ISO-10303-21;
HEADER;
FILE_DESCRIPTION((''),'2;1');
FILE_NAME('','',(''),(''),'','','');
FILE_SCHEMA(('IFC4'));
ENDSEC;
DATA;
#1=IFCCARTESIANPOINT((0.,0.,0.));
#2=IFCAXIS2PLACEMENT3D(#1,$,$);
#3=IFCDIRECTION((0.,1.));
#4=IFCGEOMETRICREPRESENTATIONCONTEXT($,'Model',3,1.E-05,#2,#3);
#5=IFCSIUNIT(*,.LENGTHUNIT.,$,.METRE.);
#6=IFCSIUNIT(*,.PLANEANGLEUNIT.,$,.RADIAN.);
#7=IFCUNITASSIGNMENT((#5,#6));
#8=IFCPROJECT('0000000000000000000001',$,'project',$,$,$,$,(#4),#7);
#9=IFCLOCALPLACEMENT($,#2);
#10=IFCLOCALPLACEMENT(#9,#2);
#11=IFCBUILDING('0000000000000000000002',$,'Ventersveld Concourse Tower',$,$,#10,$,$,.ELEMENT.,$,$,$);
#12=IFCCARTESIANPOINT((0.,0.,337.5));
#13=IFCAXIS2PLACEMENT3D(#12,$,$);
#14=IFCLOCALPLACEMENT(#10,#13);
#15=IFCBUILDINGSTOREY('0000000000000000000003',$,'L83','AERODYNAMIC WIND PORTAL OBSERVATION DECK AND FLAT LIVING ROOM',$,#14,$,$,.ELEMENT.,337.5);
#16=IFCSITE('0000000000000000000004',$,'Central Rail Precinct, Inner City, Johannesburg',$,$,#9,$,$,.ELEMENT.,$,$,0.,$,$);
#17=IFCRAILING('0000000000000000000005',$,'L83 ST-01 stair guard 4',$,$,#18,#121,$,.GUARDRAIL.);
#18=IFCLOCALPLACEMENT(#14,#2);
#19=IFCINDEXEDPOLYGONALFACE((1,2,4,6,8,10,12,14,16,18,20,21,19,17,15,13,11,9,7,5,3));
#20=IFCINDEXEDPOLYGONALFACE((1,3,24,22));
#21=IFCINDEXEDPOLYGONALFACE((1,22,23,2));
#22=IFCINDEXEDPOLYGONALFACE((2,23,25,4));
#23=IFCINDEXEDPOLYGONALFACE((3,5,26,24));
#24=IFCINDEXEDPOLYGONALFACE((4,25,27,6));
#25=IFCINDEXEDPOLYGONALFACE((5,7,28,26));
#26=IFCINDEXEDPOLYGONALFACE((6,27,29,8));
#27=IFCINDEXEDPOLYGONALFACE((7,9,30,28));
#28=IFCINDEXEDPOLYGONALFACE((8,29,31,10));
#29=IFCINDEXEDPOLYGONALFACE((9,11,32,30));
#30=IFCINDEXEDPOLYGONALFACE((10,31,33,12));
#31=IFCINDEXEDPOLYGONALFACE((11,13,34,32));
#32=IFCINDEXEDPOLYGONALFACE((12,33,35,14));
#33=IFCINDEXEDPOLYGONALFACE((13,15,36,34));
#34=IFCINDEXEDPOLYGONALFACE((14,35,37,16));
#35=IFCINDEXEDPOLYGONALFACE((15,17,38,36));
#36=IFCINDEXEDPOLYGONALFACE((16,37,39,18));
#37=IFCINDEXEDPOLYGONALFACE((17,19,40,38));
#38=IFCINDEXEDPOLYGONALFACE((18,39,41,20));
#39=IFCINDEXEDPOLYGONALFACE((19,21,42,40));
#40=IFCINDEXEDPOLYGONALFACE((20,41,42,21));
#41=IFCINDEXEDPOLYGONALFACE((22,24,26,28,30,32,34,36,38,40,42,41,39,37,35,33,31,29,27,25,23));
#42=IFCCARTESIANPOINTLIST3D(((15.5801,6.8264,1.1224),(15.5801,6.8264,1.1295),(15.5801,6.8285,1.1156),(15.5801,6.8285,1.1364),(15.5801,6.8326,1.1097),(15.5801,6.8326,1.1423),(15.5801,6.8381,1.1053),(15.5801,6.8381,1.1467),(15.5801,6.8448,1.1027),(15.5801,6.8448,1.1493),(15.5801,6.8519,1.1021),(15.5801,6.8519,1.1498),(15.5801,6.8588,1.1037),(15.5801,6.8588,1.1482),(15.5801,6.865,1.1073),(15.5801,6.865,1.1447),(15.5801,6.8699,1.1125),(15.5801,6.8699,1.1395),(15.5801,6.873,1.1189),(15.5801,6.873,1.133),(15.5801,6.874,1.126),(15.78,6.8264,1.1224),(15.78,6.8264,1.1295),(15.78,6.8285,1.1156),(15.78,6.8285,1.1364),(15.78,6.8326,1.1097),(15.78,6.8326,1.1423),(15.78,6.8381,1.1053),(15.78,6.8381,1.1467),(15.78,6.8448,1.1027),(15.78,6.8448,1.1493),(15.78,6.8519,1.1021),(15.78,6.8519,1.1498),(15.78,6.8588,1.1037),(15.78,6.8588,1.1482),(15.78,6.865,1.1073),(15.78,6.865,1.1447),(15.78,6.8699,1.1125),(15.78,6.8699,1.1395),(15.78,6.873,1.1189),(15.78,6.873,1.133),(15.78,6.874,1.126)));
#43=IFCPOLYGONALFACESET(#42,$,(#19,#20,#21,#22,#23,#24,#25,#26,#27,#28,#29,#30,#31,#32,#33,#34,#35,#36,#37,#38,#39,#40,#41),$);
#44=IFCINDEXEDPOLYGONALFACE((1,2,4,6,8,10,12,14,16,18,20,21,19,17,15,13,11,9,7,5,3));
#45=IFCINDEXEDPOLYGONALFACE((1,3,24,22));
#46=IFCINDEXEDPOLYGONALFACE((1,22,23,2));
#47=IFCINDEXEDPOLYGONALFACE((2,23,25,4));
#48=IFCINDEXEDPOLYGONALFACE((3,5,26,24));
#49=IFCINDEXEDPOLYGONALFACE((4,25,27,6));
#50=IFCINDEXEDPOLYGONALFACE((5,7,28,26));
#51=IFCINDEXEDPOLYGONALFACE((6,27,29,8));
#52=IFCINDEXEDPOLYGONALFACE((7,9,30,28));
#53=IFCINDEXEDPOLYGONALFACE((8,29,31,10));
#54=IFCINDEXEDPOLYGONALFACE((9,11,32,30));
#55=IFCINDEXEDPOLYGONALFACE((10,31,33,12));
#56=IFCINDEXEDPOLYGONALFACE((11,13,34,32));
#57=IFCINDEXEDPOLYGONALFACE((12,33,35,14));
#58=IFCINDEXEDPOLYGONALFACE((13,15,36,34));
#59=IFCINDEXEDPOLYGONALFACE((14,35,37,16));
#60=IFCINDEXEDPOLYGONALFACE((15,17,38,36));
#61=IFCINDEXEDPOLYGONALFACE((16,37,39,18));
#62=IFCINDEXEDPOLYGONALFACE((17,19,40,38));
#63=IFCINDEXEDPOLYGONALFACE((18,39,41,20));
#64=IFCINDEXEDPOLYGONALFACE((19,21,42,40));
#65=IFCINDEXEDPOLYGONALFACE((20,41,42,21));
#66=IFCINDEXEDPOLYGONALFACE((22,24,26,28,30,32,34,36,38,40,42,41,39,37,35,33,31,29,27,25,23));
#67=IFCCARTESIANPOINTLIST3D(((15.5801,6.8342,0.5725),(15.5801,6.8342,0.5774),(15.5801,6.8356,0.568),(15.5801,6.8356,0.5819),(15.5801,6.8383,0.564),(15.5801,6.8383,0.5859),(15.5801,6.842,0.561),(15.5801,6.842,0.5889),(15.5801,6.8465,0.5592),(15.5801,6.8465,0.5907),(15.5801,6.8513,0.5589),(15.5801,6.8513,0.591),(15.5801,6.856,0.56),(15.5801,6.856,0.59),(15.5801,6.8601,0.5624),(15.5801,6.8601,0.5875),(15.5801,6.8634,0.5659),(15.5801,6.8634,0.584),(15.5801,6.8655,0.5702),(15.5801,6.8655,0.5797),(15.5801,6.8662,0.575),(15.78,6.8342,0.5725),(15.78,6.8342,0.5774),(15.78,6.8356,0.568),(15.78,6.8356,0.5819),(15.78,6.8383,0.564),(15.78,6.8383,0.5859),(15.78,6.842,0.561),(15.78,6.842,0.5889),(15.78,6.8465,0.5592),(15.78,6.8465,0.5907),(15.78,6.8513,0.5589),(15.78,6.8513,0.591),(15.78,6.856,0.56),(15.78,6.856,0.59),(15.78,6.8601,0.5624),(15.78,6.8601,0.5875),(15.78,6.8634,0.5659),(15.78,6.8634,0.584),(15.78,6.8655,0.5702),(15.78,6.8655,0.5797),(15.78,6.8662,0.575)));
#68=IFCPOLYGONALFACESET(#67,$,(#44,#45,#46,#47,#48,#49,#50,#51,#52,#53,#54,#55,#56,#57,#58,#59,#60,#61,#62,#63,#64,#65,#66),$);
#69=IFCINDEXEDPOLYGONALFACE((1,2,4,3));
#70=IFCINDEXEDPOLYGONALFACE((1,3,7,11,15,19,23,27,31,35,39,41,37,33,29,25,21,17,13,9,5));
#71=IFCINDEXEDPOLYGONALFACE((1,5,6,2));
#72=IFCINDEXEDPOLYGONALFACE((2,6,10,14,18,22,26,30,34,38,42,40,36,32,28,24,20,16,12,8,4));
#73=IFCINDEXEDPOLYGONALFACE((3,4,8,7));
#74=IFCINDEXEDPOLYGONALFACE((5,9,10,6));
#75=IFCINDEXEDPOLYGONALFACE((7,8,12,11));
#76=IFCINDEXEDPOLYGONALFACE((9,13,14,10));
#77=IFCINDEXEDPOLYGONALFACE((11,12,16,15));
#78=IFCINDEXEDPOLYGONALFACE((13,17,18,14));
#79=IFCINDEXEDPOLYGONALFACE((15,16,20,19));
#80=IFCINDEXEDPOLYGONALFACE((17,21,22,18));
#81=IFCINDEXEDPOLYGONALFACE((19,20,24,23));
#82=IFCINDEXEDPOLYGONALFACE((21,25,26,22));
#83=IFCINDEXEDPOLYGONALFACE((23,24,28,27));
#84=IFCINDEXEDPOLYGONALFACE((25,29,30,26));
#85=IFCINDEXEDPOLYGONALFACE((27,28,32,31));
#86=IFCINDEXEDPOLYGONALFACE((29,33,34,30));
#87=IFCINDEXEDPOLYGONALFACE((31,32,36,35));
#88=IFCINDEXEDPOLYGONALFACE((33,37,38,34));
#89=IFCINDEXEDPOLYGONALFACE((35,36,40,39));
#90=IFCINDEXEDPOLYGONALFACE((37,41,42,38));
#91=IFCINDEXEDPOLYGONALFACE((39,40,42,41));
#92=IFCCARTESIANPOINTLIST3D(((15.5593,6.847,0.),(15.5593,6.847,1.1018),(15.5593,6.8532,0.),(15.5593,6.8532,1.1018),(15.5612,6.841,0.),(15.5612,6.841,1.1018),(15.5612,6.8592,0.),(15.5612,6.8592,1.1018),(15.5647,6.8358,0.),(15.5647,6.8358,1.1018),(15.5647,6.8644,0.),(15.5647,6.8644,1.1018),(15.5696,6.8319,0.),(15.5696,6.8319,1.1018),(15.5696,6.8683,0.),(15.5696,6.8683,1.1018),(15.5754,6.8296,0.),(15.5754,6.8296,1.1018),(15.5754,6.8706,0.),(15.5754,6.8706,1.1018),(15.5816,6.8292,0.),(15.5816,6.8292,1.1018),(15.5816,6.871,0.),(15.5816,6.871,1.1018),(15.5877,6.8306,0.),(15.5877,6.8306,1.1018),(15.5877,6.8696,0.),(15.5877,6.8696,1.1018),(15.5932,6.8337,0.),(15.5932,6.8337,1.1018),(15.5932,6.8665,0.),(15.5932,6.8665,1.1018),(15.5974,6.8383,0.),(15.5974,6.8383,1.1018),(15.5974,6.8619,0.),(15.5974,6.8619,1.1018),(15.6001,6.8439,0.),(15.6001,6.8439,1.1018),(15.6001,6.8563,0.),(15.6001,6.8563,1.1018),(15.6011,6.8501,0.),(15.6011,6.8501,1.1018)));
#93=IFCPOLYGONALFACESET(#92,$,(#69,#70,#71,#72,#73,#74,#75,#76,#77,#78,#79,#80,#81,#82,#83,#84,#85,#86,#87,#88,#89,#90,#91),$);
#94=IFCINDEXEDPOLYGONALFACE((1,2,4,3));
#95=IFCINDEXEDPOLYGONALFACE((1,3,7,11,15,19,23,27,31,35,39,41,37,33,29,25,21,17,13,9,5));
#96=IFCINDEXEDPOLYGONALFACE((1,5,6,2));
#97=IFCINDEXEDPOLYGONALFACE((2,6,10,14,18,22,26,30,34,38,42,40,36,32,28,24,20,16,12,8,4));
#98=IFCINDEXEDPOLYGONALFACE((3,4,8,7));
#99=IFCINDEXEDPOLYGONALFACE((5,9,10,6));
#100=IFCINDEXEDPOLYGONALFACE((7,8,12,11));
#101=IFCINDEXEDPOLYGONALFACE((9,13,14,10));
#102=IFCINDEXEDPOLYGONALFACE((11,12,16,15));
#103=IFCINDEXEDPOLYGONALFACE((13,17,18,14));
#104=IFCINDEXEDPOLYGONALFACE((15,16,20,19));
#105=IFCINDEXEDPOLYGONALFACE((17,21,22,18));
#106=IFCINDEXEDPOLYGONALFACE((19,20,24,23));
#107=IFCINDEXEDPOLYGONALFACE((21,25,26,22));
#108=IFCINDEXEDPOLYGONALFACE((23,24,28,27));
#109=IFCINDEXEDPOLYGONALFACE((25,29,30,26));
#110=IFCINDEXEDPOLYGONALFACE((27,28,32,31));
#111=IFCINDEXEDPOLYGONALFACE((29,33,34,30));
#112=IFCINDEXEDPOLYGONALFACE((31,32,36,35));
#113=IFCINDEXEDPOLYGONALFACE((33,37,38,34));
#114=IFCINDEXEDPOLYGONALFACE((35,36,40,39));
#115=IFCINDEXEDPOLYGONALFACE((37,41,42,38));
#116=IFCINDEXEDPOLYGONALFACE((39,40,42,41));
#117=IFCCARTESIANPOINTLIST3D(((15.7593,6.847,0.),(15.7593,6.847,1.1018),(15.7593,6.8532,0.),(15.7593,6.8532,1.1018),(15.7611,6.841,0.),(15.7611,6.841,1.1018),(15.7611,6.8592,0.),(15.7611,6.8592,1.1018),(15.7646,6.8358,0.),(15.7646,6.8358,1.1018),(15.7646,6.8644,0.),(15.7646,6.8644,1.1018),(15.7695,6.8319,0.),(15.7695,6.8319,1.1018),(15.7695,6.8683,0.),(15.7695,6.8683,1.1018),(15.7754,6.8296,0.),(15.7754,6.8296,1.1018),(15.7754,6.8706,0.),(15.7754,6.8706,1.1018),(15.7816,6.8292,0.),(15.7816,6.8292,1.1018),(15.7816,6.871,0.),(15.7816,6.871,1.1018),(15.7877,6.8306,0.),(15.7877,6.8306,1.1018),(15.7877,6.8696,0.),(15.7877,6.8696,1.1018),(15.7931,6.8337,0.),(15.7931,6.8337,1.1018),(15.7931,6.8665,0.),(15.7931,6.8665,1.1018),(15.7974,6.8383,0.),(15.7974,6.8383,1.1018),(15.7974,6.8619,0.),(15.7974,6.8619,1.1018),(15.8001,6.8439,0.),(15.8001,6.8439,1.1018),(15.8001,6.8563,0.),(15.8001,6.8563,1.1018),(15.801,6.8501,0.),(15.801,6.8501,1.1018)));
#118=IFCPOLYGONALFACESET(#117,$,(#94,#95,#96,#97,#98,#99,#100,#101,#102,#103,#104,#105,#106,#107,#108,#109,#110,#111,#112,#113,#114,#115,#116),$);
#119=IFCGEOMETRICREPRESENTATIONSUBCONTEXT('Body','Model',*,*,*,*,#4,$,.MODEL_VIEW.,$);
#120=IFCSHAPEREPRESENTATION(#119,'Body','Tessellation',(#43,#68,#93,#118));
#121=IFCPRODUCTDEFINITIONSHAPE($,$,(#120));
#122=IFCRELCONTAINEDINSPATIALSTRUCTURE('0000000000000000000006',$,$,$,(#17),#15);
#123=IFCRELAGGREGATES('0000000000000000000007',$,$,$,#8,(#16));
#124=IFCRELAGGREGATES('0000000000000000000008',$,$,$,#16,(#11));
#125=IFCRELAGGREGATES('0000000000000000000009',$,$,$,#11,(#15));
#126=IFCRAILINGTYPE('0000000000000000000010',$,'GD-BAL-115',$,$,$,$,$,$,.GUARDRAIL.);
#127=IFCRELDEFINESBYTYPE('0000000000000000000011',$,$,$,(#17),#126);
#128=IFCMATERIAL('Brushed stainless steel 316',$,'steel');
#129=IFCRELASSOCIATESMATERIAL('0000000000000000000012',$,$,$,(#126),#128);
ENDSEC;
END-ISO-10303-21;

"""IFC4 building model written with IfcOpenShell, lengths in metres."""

from ifc_helpers import new_model, si_unit, direction, frame, origin, origin_2d, place, context, subcontext, project, spatial, circle, extrude, material, type_object, element, save


model = new_model("IFC4")

# Units and contexts
model_context = context("Model", 3, precision=1e-05, world=origin(), true_north=direction((0.0, 1.0)))
body_context = subcontext(model_context, "Body", "Model", "MODEL_VIEW")
ifc_project = project(units=[si_unit("LENGTHUNIT", "METRE"), si_unit("PLANEANGLEUNIT", "RADIAN")], contexts=[model_context])

# Site, building, storey
site_placement = place(None, origin())
site = spatial("IfcSite", under=ifc_project, at=site_placement, Name="Central Rail Precinct, Inner City, Johannesburg", CompositionType="ELEMENT", RefElevation=0.0)
building_placement = place(site_placement, origin())
building = spatial("IfcBuilding", under=site, at=building_placement, Name="Ventersveld Concourse Tower", CompositionType="ELEMENT")
storey_placement = place(building_placement, frame((0.0, 0.0, 337.5)))
storey = spatial("IfcBuildingStorey", under=building, at=storey_placement, Name="L83", Description="AERODYNAMIC WIND PORTAL OBSERVATION DECK AND FLAT LIVING ROOM", CompositionType="ELEMENT", Elevation=337.5)

# Shared definitions
ifc_material_1 = material(Name="Brushed stainless steel 316", Category="steel")

# Railing
railing_type = type_object("IfcRailingType", Name="GD-BAL-115", PredefinedType="GUARDRAIL", material=ifc_material_1)
railing_placement = place(storey_placement, frame((15.5801, 6.8501, 0.0)))
element("IfcRailing", 1, at=railing_placement, inside=storey, type_object=railing_type, Name="L83 ST-01 stair guard 4", PredefinedType="GUARDRAIL", context=body_context, shape_type="SweptSolid", body=[
    extrude(circle(Radius=0.0239, at=origin_2d()), frame((0.0, 0.0, 1.126), z_axis=(1.0, 0.0, 0.0), x_axis=(0.0, 1.0, 0.0)), (0.0, 0.0, 1.0), 0.2),
    extrude(circle(Radius=0.0161, at=origin_2d()), frame((0.0, 0.0, 0.575), z_axis=(1.0, 0.0, 0.0), x_axis=(0.0, 1.0, 0.0)), (0.0, 0.0, 1.0), 0.2),
    extrude(circle(Radius=0.021, at=origin_2d()), origin(), (0.0, 0.0, 1.0), 1.1018),
    extrude(circle(Radius=0.021, at=origin_2d()), frame((0.2, 0.0, 0.0)), (0.0, 0.0, 1.0), 1.1018),
])

save(model, "model.ifc")
